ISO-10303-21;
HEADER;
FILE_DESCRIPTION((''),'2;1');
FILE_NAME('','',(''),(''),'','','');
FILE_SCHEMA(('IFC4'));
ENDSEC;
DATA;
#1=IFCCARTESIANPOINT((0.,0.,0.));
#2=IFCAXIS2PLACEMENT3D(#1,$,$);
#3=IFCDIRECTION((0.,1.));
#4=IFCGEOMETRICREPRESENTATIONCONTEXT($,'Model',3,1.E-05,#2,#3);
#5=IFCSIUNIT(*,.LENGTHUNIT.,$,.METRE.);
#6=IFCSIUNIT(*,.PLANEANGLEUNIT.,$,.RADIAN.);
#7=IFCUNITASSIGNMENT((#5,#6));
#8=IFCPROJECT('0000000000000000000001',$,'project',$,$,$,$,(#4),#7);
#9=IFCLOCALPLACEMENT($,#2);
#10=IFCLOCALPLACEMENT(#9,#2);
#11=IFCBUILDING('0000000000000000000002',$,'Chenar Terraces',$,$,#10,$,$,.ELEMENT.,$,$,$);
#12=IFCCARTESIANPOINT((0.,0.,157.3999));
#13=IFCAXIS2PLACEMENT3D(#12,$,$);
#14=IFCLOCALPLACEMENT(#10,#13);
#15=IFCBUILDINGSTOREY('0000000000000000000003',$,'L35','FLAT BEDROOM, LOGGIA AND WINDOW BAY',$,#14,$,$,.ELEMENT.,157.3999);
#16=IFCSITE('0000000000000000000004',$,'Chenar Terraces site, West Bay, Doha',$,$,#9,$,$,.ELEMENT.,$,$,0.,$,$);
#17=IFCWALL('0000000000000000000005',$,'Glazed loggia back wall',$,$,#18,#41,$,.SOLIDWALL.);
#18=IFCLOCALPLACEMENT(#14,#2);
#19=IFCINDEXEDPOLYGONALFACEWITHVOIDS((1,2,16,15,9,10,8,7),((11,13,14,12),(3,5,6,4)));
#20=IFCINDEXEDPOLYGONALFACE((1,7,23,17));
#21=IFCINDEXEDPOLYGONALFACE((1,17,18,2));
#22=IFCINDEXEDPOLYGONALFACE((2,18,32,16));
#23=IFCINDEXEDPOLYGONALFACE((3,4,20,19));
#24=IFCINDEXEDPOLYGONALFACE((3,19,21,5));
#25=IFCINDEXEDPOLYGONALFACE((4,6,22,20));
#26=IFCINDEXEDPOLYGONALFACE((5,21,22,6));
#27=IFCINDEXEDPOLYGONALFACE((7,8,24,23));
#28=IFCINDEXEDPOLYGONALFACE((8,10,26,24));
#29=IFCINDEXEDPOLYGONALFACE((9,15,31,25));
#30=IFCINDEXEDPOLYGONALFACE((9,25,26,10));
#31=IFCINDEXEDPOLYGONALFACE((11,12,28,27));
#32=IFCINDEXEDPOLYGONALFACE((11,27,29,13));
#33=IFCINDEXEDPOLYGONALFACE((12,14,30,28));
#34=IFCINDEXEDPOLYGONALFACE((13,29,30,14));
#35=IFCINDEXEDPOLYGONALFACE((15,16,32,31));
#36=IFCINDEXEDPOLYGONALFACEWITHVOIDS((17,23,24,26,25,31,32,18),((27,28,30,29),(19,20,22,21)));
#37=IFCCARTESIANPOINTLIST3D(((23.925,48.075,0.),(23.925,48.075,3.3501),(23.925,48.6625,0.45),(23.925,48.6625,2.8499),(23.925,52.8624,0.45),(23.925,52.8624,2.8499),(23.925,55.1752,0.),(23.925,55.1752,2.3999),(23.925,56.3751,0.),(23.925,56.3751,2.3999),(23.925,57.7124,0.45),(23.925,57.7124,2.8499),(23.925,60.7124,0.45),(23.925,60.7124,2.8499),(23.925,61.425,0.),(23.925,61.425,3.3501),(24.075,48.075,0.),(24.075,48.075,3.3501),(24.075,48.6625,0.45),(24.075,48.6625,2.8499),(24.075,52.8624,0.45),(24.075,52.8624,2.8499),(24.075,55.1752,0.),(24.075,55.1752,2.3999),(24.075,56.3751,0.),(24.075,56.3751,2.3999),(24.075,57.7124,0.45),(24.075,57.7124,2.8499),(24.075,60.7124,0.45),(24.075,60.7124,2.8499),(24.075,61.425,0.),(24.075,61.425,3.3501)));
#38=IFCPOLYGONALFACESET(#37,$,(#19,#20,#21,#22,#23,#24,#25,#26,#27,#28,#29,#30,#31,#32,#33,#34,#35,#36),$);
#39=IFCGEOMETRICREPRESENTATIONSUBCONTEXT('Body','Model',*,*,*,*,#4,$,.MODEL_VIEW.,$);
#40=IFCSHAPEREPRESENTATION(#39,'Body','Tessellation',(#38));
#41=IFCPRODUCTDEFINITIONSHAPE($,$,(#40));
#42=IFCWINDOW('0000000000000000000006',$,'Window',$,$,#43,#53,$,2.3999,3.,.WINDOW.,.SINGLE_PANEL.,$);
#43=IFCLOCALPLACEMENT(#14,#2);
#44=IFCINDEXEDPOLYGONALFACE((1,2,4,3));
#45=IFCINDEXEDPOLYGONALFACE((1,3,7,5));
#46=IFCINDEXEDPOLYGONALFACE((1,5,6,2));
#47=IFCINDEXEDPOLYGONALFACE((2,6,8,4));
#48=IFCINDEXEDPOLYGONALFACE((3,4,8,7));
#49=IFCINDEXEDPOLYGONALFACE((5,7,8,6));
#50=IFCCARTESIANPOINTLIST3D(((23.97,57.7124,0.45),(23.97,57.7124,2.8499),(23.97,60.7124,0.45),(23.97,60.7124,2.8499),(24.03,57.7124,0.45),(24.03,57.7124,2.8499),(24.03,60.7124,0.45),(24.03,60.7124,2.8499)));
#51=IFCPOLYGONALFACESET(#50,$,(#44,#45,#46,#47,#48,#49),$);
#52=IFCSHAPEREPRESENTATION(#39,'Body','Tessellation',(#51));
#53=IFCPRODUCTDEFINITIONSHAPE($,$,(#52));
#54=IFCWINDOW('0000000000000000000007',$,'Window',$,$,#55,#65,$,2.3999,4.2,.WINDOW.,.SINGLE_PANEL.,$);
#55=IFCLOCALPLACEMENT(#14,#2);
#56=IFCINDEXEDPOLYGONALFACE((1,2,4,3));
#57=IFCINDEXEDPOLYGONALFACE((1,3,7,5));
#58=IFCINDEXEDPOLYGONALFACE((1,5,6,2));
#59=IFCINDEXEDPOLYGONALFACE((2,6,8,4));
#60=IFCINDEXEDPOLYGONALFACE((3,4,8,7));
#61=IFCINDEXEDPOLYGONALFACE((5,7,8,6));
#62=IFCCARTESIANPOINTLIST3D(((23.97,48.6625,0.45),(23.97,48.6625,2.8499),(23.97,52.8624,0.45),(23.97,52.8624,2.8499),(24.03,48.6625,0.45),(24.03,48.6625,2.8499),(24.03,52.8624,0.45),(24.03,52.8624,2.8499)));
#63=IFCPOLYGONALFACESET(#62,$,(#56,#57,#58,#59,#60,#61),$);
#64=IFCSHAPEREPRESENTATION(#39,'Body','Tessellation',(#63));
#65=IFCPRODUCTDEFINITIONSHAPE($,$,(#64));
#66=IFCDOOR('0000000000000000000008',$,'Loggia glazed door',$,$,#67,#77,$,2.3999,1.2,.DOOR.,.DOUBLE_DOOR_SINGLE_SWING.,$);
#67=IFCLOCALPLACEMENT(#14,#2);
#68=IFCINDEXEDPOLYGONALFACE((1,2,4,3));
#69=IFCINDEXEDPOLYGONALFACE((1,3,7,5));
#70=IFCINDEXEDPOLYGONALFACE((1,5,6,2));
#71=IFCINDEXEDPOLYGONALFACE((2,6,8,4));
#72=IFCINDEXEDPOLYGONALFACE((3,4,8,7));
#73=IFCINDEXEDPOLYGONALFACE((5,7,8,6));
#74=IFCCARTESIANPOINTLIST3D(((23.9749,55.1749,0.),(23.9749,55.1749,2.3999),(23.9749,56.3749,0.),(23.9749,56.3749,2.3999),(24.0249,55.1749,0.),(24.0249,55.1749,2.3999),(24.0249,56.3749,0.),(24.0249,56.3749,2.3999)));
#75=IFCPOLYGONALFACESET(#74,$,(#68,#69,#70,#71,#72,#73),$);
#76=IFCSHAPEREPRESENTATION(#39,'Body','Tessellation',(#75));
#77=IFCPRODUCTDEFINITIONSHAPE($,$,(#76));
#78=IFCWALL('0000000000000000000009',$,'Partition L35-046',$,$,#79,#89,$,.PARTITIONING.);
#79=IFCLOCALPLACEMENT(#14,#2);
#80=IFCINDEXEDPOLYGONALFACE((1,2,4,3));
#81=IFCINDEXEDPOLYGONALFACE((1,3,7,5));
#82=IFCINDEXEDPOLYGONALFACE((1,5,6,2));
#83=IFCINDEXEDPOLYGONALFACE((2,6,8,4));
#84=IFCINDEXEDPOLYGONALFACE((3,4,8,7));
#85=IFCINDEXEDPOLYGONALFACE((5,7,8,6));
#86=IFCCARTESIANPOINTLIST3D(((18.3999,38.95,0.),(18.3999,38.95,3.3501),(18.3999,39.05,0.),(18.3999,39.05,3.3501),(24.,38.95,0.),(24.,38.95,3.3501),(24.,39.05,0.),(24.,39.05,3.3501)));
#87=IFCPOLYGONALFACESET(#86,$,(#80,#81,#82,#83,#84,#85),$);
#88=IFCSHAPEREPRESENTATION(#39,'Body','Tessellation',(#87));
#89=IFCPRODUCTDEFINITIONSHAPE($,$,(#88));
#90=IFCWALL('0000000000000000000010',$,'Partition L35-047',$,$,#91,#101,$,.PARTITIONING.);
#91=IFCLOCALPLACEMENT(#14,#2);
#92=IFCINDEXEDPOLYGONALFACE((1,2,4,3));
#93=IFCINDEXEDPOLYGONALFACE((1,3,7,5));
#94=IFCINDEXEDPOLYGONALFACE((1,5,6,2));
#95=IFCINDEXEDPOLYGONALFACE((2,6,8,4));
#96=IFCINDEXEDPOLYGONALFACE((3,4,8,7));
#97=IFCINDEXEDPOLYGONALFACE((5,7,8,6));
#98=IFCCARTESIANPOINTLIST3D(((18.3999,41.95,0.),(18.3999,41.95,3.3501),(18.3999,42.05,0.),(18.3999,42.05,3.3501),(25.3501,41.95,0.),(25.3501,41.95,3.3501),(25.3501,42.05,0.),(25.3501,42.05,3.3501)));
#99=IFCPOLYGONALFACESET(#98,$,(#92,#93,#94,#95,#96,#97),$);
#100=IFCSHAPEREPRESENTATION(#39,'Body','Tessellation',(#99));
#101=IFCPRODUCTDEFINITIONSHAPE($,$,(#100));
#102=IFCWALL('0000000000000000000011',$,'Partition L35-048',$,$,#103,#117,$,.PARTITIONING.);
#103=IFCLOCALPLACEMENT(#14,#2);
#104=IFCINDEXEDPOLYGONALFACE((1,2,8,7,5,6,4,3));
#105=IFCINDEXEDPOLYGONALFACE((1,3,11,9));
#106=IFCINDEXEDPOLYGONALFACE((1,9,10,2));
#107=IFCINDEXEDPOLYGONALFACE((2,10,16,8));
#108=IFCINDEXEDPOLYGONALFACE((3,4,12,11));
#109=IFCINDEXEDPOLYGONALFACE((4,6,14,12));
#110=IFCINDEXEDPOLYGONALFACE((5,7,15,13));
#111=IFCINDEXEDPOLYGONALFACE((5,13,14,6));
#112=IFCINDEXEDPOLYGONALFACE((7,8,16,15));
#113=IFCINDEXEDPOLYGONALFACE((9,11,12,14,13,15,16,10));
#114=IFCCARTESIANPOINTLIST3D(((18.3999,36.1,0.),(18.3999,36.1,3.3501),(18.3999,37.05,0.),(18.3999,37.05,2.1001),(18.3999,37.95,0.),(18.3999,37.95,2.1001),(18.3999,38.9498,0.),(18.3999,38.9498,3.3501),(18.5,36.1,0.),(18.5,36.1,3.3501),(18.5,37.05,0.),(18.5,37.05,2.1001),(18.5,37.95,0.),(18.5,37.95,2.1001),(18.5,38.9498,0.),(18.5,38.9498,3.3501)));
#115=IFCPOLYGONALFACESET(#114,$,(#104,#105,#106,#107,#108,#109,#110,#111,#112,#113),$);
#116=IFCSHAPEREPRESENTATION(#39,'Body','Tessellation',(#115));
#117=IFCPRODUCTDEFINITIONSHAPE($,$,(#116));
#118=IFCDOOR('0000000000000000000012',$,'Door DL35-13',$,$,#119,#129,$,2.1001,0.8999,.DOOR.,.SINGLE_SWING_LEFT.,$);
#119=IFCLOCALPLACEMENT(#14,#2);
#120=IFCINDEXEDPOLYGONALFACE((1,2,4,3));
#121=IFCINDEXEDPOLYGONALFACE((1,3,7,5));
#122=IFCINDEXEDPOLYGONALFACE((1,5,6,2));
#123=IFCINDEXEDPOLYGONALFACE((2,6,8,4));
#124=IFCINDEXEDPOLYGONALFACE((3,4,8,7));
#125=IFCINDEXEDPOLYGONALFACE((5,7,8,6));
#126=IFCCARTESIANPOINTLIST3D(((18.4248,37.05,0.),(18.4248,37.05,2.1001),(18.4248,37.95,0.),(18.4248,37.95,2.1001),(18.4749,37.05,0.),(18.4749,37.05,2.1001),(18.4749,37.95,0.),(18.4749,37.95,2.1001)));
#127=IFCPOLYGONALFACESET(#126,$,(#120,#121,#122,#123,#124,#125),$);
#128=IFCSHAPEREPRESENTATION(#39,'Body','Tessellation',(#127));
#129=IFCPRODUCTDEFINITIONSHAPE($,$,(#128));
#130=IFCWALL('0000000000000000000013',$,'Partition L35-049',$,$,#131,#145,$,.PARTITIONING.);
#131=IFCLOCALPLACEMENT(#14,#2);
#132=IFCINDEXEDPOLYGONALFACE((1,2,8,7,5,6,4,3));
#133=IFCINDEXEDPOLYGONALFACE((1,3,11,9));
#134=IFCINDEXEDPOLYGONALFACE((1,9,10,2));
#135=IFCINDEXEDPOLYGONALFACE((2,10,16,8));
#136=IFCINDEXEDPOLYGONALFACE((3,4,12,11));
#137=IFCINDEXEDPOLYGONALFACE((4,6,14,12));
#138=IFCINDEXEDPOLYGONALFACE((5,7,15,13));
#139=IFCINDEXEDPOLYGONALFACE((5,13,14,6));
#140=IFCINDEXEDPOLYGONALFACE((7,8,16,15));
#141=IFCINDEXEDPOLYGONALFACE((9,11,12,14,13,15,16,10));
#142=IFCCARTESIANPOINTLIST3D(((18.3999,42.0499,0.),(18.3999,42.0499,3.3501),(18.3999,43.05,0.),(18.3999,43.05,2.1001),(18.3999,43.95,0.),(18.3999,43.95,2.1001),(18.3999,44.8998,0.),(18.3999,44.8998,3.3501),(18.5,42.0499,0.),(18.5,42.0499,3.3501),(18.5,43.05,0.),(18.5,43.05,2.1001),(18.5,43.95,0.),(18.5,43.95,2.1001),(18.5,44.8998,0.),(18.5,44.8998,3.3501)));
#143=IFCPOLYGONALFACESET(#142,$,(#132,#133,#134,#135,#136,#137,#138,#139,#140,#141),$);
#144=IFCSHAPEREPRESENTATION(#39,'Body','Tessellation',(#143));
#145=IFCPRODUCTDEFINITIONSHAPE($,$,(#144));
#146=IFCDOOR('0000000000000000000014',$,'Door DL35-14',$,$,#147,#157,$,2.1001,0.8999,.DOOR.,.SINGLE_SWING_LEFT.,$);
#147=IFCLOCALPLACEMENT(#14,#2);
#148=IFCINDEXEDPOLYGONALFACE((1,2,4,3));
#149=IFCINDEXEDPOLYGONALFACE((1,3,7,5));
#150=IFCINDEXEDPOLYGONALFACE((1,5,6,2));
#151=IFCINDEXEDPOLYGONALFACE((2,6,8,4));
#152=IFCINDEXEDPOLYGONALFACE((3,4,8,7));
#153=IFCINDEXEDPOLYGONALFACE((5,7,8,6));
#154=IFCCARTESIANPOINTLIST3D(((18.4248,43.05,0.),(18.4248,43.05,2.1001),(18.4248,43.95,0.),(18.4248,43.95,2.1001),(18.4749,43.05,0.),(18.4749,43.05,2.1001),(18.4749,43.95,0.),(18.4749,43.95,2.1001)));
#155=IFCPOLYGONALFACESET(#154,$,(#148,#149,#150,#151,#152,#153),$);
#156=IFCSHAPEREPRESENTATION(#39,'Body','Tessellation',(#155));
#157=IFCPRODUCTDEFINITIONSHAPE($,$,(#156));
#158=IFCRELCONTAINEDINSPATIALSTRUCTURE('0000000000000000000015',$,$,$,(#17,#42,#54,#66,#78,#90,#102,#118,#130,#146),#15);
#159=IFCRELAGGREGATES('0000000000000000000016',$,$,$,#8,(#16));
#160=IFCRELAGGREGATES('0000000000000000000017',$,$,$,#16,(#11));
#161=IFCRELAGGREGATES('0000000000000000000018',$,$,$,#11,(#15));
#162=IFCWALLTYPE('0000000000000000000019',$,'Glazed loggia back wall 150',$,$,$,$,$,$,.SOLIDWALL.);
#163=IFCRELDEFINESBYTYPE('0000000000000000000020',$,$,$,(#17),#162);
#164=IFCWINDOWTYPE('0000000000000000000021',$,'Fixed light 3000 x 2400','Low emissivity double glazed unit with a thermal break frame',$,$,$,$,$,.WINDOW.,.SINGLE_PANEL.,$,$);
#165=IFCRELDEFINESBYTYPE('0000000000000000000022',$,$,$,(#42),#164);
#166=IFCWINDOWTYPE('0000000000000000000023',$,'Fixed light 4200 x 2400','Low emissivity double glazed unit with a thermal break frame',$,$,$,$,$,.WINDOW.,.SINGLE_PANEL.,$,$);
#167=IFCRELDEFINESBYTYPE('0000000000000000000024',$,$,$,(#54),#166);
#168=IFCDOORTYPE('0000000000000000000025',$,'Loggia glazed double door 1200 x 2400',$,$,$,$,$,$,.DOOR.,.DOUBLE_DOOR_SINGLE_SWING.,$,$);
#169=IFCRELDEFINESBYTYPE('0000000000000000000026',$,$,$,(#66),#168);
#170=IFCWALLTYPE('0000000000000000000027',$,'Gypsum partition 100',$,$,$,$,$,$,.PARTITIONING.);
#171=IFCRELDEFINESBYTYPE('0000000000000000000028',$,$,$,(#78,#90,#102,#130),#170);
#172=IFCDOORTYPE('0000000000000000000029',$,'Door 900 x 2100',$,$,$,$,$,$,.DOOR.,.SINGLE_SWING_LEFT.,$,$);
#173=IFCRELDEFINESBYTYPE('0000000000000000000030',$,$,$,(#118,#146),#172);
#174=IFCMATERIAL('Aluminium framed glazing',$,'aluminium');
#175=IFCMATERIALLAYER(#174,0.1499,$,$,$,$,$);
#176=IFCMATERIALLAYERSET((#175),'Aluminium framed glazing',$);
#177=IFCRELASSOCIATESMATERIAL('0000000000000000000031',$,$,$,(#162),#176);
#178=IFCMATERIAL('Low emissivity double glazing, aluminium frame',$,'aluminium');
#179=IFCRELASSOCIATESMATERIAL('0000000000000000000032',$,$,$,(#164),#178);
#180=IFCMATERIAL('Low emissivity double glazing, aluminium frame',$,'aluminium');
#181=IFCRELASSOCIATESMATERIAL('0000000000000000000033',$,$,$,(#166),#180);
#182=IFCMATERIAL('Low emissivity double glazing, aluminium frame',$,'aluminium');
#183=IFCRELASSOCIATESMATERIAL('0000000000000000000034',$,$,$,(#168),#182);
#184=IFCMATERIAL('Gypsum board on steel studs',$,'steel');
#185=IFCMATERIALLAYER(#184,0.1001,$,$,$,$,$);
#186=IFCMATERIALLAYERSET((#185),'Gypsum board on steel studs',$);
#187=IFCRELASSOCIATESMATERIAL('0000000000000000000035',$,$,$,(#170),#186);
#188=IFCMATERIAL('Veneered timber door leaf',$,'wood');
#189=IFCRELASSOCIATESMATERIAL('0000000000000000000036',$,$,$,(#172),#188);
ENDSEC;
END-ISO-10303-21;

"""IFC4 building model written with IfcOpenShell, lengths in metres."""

from ifc_helpers import new_model, si_unit, direction, frame, frame_2d, origin, place, context, subcontext, project, spatial, rectangle, extrude, material, layer, layer_set, type_object, element, fill, save


model = new_model("IFC4")

# Units and contexts
model_context = context("Model", 3, precision=1e-05, world=origin(), true_north=direction((0.0, 1.0)))
body_context = subcontext(model_context, "Body", "Model", "MODEL_VIEW")
ifc_project = project(units=[si_unit("LENGTHUNIT", "METRE"), si_unit("PLANEANGLEUNIT", "RADIAN")], contexts=[model_context])

# Site, building, storey
site_placement = place(None, origin())
site = spatial("IfcSite", under=ifc_project, at=site_placement, Name="Chenar Terraces site, West Bay, Doha", CompositionType="ELEMENT", RefElevation=0.0)
building_placement = place(site_placement, origin())
building = spatial("IfcBuilding", under=site, at=building_placement, Name="Chenar Terraces", CompositionType="ELEMENT")
storey_placement = place(building_placement, frame((0.0, 0.0, 157.3999)))
storey = spatial("IfcBuildingStorey", under=building, at=storey_placement, Name="L35", Description="FLAT BEDROOM, LOGGIA AND WINDOW BAY", CompositionType="ELEMENT", Elevation=157.3999)

# Wall, openings, windows, door
ifc_material_1 = material(Name="Aluminium framed glazing", Category="aluminium")
ifc_layer_1 = layer(ifc_material_1, 0.1499)
ifc_layer_set_1 = layer_set([ifc_layer_1], Name="Aluminium framed glazing")
wall_type_1 = type_object("IfcWallType", Name="Glazed loggia back wall 150", PredefinedType="SOLIDWALL", material=ifc_layer_set_1)
wall_1_placement = place(storey_placement, frame((24.0, 48.075, 0.0), z_axis=(0.0, 0.0, 1.0), x_axis=(0.0, 1.0, 0.0)))
wall_1 = element("IfcWall", 1, at=wall_1_placement, inside=storey, type_object=wall_type_1, Name="Glazed loggia back wall", PredefinedType="SOLIDWALL", context=body_context, shape_type="SweptSolid", body=[
    extrude(rectangle(XDim=13.3501, YDim=0.1499, at=frame_2d((6.675, 0.0))), origin(), (0.0, 0.0, 1.0), 3.3501),
])
opening_1_placement = place(wall_1_placement, frame((0.5874, 0.0, 0.45)))
opening_1 = element("IfcOpeningElement", 2, at=opening_1_placement, cuts=wall_1, PredefinedType="OPENING", context=body_context, shape_type="SweptSolid", body=[
    extrude(rectangle(XDim=4.2, YDim=2.3999, at=frame_2d((2.1001, 1.2))), frame((0.0, 0.085, 0.0), z_axis=(0.0, -1.0, 0.0), x_axis=(1.0, 0.0, 0.0)), (0.0, 0.0, 1.0), 0.1699),
])
opening_2_placement = place(wall_1_placement, frame((7.1001, 0.0, 0.0)))
opening_2 = element("IfcOpeningElement", 3, at=opening_2_placement, cuts=wall_1, PredefinedType="OPENING", context=body_context, shape_type="SweptSolid", body=[
    extrude(rectangle(XDim=1.2, YDim=2.3999, at=frame_2d((0.6001, 1.2))), frame((0.0, 0.085, 0.0), z_axis=(0.0, -1.0, 0.0), x_axis=(1.0, 0.0, 0.0)), (0.0, 0.0, 1.0), 0.1699),
])
opening_3_placement = place(wall_1_placement, frame((9.6375, 0.0, 0.45)))
opening_3 = element("IfcOpeningElement", 4, at=opening_3_placement, cuts=wall_1, PredefinedType="OPENING", context=body_context, shape_type="SweptSolid", body=[
    extrude(rectangle(XDim=3.0, YDim=2.3999, at=frame_2d((1.5, 1.2))), frame((0.0, 0.085, 0.0), z_axis=(0.0, -1.0, 0.0), x_axis=(1.0, 0.0, 0.0)), (0.0, 0.0, 1.0), 0.1699),
])
ifc_material_2 = material(Name="Low emissivity double glazing, aluminium frame", Category="aluminium")
window_type_1 = type_object("IfcWindowType", Name="Fixed light 3000 x 2400", Description="Low emissivity double glazed unit with a thermal break frame", PartitioningType="SINGLE_PANEL", PredefinedType="WINDOW", material=ifc_material_2)
window_1_placement = place(opening_3_placement, origin())
window_1 = element("IfcWindow", 5, at=window_1_placement, inside=storey, type_object=window_type_1, Name="Window", OverallHeight=2.3999, OverallWidth=3.0, PartitioningType="SINGLE_PANEL", PredefinedType="WINDOW", context=body_context, shape_type="SweptSolid", body=[
    extrude(rectangle(XDim=3.0, YDim=2.3999, at=frame_2d((1.5, 1.2))), frame((0.0, 0.03, 0.0), z_axis=(0.0, -1.0, 0.0), x_axis=(1.0, 0.0, 0.0)), (0.0, 0.0, 1.0), 0.0601),
])
fill(opening_3, window_1)
ifc_material_3 = material(Name="Low emissivity double glazing, aluminium frame", Category="aluminium")
window_type_2 = type_object("IfcWindowType", Name="Fixed light 4200 x 2400", Description="Low emissivity double glazed unit with a thermal break frame", PartitioningType="SINGLE_PANEL", PredefinedType="WINDOW", material=ifc_material_3)
window_2_placement = place(opening_1_placement, origin())
window_2 = element("IfcWindow", 6, at=window_2_placement, inside=storey, type_object=window_type_2, Name="Window", OverallHeight=2.3999, OverallWidth=4.2, PartitioningType="SINGLE_PANEL", PredefinedType="WINDOW", context=body_context, shape_type="SweptSolid", body=[
    extrude(rectangle(XDim=4.2, YDim=2.3999, at=frame_2d((2.1001, 1.2))), frame((0.0, 0.03, 0.0), z_axis=(0.0, -1.0, 0.0), x_axis=(1.0, 0.0, 0.0)), (0.0, 0.0, 1.0), 0.0601),
])
fill(opening_1, window_2)
ifc_material_4 = material(Name="Low emissivity double glazing, aluminium frame", Category="aluminium")
door_type_1 = type_object("IfcDoorType", Name="Loggia glazed double door 1200 x 2400", OperationType="DOUBLE_DOOR_SINGLE_SWING", PredefinedType="DOOR", material=ifc_material_4)
door_1_placement = place(opening_2_placement, frame((1.2, 0.0, 0.0), z_axis=(0.0, 0.0, 1.0), x_axis=(-1.0, 0.0, 0.0)))
door_1 = element("IfcDoor", 7, at=door_1_placement, inside=storey, type_object=door_type_1, Name="Loggia glazed door", OperationType="DOUBLE_DOOR_SINGLE_SWING", OverallHeight=2.3999, OverallWidth=1.2, PredefinedType="DOOR", context=body_context, shape_type="SweptSolid", body=[
    extrude(rectangle(XDim=1.2, YDim=2.3999, at=frame_2d((0.6001, 1.2))), frame((0.0, 0.0249, 0.0), z_axis=(0.0, -1.0, 0.0), x_axis=(1.0, 0.0, 0.0)), (0.0, 0.0, 1.0), 0.05),
])
fill(opening_2, door_1)

# Walls
ifc_material_5 = material(Name="Gypsum board on steel studs", Category="steel")
ifc_layer_2 = layer(ifc_material_5, 0.1001)
ifc_layer_set_2 = layer_set([ifc_layer_2], Name="Gypsum board on steel studs")
wall_type_2 = type_object("IfcWallType", Name="Gypsum partition 100", PredefinedType="PARTITIONING", material=ifc_layer_set_2)
wall_2_placement = place(storey_placement, frame((18.3999, 39.0, 0.0), z_axis=(0.0, 0.0, 1.0), x_axis=(1.0, 0.0, 0.0)))
element("IfcWall", 8, at=wall_2_placement, inside=storey, type_object=wall_type_2, Name="Partition L35-046", PredefinedType="PARTITIONING", context=body_context, shape_type="SweptSolid", body=[
    extrude(rectangle(XDim=5.6001, YDim=0.1001, at=frame_2d((2.8, 0.0))), origin(), (0.0, 0.0, 1.0), 3.3501),
])
wall_3_placement = place(storey_placement, frame((18.3999, 42.0, 0.0), z_axis=(0.0, 0.0, 1.0), x_axis=(1.0, 0.0, 0.0)))
element("IfcWall", 9, at=wall_3_placement, inside=storey, type_object=wall_type_2, Name="Partition L35-047", PredefinedType="PARTITIONING", context=body_context, shape_type="SweptSolid", body=[
    extrude(rectangle(XDim=6.9502, YDim=0.1001, at=frame_2d((3.4751, 0.0))), origin(), (0.0, 0.0, 1.0), 3.3501),
])

# Walls, openings, doors
wall_4_placement = place(storey_placement, frame((18.45, 36.1001, 0.0), z_axis=(0.0, 0.0, 1.0), x_axis=(0.0, 1.0, 0.0)))
wall_4 = element("IfcWall", 10, at=wall_4_placement, inside=storey, type_object=wall_type_2, Name="Partition L35-048", PredefinedType="PARTITIONING", context=body_context, shape_type="SweptSolid", body=[
    extrude(rectangle(XDim=2.8499, YDim=0.1001, at=frame_2d((1.4248, 0.0))), origin(), (0.0, 0.0, 1.0), 3.3501),
])
opening_4_placement = place(wall_4_placement, frame((0.95, 0.0, 0.0)))
opening_4 = element("IfcOpeningElement", 11, at=opening_4_placement, cuts=wall_4, PredefinedType="OPENING", context=body_context, shape_type="SweptSolid", body=[
    extrude(rectangle(XDim=0.8999, YDim=2.1001, at=frame_2d((0.45, 1.05))), frame((0.0, 0.0601, 0.0), z_axis=(0.0, -1.0, 0.0), x_axis=(1.0, 0.0, 0.0)), (0.0, 0.0, 1.0), 0.1201),
])
ifc_material_6 = material(Name="Veneered timber door leaf", Category="wood")
door_type_2 = type_object("IfcDoorType", Name="Door 900 x 2100", OperationType="SINGLE_SWING_LEFT", PredefinedType="DOOR", material=ifc_material_6)
door_2_placement = place(opening_4_placement, frame((0.8999, 0.0, 0.0), z_axis=(0.0, 0.0, 1.0), x_axis=(-1.0, 0.0, 0.0)))
door_2 = element("IfcDoor", 12, at=door_2_placement, inside=storey, type_object=door_type_2, Name="Door DL35-13", OperationType="SINGLE_SWING_LEFT", OverallHeight=2.1001, OverallWidth=0.8999, PredefinedType="DOOR", context=body_context, shape_type="SweptSolid", body=[
    extrude(rectangle(XDim=0.8999, YDim=2.1001, at=frame_2d((0.45, 1.05))), frame((0.0, 0.0249, 0.0), z_axis=(0.0, -1.0, 0.0), x_axis=(1.0, 0.0, 0.0)), (0.0, 0.0, 1.0), 0.05),
])
fill(opening_4, door_2)
wall_5_placement = place(storey_placement, frame((18.45, 42.05, 0.0), z_axis=(0.0, 0.0, 1.0), x_axis=(0.0, 1.0, 0.0)))
wall_5 = element("IfcWall", 13, at=wall_5_placement, inside=storey, type_object=wall_type_2, Name="Partition L35-049", PredefinedType="PARTITIONING", context=body_context, shape_type="SweptSolid", body=[
    extrude(rectangle(XDim=2.8499, YDim=0.1001, at=frame_2d((1.4248, 0.0))), origin(), (0.0, 0.0, 1.0), 3.3501),
])
opening_5_placement = place(wall_5_placement, frame((1.0, 0.0, 0.0)))
opening_5 = element("IfcOpeningElement", 14, at=opening_5_placement, cuts=wall_5, PredefinedType="OPENING", context=body_context, shape_type="SweptSolid", body=[
    extrude(rectangle(XDim=0.8999, YDim=2.1001, at=frame_2d((0.45, 1.05))), frame((0.0, 0.0601, 0.0), z_axis=(0.0, -1.0, 0.0), x_axis=(1.0, 0.0, 0.0)), (0.0, 0.0, 1.0), 0.1201),
])
door_3_placement = place(opening_5_placement, frame((0.8999, 0.0, 0.0), z_axis=(0.0, 0.0, 1.0), x_axis=(-1.0, 0.0, 0.0)))
door_3 = element("IfcDoor", 15, at=door_3_placement, inside=storey, type_object=door_type_2, Name="Door DL35-14", OperationType="SINGLE_SWING_LEFT", OverallHeight=2.1001, OverallWidth=0.8999, PredefinedType="DOOR", context=body_context, shape_type="SweptSolid", body=[
    extrude(rectangle(XDim=0.8999, YDim=2.1001, at=frame_2d((0.45, 1.05))), frame((0.0, 0.0249, 0.0), z_axis=(0.0, -1.0, 0.0), x_axis=(1.0, 0.0, 0.0)), (0.0, 0.0, 1.0), 0.05),
])
fill(opening_5, door_3)

save(model, "model.ifc")
